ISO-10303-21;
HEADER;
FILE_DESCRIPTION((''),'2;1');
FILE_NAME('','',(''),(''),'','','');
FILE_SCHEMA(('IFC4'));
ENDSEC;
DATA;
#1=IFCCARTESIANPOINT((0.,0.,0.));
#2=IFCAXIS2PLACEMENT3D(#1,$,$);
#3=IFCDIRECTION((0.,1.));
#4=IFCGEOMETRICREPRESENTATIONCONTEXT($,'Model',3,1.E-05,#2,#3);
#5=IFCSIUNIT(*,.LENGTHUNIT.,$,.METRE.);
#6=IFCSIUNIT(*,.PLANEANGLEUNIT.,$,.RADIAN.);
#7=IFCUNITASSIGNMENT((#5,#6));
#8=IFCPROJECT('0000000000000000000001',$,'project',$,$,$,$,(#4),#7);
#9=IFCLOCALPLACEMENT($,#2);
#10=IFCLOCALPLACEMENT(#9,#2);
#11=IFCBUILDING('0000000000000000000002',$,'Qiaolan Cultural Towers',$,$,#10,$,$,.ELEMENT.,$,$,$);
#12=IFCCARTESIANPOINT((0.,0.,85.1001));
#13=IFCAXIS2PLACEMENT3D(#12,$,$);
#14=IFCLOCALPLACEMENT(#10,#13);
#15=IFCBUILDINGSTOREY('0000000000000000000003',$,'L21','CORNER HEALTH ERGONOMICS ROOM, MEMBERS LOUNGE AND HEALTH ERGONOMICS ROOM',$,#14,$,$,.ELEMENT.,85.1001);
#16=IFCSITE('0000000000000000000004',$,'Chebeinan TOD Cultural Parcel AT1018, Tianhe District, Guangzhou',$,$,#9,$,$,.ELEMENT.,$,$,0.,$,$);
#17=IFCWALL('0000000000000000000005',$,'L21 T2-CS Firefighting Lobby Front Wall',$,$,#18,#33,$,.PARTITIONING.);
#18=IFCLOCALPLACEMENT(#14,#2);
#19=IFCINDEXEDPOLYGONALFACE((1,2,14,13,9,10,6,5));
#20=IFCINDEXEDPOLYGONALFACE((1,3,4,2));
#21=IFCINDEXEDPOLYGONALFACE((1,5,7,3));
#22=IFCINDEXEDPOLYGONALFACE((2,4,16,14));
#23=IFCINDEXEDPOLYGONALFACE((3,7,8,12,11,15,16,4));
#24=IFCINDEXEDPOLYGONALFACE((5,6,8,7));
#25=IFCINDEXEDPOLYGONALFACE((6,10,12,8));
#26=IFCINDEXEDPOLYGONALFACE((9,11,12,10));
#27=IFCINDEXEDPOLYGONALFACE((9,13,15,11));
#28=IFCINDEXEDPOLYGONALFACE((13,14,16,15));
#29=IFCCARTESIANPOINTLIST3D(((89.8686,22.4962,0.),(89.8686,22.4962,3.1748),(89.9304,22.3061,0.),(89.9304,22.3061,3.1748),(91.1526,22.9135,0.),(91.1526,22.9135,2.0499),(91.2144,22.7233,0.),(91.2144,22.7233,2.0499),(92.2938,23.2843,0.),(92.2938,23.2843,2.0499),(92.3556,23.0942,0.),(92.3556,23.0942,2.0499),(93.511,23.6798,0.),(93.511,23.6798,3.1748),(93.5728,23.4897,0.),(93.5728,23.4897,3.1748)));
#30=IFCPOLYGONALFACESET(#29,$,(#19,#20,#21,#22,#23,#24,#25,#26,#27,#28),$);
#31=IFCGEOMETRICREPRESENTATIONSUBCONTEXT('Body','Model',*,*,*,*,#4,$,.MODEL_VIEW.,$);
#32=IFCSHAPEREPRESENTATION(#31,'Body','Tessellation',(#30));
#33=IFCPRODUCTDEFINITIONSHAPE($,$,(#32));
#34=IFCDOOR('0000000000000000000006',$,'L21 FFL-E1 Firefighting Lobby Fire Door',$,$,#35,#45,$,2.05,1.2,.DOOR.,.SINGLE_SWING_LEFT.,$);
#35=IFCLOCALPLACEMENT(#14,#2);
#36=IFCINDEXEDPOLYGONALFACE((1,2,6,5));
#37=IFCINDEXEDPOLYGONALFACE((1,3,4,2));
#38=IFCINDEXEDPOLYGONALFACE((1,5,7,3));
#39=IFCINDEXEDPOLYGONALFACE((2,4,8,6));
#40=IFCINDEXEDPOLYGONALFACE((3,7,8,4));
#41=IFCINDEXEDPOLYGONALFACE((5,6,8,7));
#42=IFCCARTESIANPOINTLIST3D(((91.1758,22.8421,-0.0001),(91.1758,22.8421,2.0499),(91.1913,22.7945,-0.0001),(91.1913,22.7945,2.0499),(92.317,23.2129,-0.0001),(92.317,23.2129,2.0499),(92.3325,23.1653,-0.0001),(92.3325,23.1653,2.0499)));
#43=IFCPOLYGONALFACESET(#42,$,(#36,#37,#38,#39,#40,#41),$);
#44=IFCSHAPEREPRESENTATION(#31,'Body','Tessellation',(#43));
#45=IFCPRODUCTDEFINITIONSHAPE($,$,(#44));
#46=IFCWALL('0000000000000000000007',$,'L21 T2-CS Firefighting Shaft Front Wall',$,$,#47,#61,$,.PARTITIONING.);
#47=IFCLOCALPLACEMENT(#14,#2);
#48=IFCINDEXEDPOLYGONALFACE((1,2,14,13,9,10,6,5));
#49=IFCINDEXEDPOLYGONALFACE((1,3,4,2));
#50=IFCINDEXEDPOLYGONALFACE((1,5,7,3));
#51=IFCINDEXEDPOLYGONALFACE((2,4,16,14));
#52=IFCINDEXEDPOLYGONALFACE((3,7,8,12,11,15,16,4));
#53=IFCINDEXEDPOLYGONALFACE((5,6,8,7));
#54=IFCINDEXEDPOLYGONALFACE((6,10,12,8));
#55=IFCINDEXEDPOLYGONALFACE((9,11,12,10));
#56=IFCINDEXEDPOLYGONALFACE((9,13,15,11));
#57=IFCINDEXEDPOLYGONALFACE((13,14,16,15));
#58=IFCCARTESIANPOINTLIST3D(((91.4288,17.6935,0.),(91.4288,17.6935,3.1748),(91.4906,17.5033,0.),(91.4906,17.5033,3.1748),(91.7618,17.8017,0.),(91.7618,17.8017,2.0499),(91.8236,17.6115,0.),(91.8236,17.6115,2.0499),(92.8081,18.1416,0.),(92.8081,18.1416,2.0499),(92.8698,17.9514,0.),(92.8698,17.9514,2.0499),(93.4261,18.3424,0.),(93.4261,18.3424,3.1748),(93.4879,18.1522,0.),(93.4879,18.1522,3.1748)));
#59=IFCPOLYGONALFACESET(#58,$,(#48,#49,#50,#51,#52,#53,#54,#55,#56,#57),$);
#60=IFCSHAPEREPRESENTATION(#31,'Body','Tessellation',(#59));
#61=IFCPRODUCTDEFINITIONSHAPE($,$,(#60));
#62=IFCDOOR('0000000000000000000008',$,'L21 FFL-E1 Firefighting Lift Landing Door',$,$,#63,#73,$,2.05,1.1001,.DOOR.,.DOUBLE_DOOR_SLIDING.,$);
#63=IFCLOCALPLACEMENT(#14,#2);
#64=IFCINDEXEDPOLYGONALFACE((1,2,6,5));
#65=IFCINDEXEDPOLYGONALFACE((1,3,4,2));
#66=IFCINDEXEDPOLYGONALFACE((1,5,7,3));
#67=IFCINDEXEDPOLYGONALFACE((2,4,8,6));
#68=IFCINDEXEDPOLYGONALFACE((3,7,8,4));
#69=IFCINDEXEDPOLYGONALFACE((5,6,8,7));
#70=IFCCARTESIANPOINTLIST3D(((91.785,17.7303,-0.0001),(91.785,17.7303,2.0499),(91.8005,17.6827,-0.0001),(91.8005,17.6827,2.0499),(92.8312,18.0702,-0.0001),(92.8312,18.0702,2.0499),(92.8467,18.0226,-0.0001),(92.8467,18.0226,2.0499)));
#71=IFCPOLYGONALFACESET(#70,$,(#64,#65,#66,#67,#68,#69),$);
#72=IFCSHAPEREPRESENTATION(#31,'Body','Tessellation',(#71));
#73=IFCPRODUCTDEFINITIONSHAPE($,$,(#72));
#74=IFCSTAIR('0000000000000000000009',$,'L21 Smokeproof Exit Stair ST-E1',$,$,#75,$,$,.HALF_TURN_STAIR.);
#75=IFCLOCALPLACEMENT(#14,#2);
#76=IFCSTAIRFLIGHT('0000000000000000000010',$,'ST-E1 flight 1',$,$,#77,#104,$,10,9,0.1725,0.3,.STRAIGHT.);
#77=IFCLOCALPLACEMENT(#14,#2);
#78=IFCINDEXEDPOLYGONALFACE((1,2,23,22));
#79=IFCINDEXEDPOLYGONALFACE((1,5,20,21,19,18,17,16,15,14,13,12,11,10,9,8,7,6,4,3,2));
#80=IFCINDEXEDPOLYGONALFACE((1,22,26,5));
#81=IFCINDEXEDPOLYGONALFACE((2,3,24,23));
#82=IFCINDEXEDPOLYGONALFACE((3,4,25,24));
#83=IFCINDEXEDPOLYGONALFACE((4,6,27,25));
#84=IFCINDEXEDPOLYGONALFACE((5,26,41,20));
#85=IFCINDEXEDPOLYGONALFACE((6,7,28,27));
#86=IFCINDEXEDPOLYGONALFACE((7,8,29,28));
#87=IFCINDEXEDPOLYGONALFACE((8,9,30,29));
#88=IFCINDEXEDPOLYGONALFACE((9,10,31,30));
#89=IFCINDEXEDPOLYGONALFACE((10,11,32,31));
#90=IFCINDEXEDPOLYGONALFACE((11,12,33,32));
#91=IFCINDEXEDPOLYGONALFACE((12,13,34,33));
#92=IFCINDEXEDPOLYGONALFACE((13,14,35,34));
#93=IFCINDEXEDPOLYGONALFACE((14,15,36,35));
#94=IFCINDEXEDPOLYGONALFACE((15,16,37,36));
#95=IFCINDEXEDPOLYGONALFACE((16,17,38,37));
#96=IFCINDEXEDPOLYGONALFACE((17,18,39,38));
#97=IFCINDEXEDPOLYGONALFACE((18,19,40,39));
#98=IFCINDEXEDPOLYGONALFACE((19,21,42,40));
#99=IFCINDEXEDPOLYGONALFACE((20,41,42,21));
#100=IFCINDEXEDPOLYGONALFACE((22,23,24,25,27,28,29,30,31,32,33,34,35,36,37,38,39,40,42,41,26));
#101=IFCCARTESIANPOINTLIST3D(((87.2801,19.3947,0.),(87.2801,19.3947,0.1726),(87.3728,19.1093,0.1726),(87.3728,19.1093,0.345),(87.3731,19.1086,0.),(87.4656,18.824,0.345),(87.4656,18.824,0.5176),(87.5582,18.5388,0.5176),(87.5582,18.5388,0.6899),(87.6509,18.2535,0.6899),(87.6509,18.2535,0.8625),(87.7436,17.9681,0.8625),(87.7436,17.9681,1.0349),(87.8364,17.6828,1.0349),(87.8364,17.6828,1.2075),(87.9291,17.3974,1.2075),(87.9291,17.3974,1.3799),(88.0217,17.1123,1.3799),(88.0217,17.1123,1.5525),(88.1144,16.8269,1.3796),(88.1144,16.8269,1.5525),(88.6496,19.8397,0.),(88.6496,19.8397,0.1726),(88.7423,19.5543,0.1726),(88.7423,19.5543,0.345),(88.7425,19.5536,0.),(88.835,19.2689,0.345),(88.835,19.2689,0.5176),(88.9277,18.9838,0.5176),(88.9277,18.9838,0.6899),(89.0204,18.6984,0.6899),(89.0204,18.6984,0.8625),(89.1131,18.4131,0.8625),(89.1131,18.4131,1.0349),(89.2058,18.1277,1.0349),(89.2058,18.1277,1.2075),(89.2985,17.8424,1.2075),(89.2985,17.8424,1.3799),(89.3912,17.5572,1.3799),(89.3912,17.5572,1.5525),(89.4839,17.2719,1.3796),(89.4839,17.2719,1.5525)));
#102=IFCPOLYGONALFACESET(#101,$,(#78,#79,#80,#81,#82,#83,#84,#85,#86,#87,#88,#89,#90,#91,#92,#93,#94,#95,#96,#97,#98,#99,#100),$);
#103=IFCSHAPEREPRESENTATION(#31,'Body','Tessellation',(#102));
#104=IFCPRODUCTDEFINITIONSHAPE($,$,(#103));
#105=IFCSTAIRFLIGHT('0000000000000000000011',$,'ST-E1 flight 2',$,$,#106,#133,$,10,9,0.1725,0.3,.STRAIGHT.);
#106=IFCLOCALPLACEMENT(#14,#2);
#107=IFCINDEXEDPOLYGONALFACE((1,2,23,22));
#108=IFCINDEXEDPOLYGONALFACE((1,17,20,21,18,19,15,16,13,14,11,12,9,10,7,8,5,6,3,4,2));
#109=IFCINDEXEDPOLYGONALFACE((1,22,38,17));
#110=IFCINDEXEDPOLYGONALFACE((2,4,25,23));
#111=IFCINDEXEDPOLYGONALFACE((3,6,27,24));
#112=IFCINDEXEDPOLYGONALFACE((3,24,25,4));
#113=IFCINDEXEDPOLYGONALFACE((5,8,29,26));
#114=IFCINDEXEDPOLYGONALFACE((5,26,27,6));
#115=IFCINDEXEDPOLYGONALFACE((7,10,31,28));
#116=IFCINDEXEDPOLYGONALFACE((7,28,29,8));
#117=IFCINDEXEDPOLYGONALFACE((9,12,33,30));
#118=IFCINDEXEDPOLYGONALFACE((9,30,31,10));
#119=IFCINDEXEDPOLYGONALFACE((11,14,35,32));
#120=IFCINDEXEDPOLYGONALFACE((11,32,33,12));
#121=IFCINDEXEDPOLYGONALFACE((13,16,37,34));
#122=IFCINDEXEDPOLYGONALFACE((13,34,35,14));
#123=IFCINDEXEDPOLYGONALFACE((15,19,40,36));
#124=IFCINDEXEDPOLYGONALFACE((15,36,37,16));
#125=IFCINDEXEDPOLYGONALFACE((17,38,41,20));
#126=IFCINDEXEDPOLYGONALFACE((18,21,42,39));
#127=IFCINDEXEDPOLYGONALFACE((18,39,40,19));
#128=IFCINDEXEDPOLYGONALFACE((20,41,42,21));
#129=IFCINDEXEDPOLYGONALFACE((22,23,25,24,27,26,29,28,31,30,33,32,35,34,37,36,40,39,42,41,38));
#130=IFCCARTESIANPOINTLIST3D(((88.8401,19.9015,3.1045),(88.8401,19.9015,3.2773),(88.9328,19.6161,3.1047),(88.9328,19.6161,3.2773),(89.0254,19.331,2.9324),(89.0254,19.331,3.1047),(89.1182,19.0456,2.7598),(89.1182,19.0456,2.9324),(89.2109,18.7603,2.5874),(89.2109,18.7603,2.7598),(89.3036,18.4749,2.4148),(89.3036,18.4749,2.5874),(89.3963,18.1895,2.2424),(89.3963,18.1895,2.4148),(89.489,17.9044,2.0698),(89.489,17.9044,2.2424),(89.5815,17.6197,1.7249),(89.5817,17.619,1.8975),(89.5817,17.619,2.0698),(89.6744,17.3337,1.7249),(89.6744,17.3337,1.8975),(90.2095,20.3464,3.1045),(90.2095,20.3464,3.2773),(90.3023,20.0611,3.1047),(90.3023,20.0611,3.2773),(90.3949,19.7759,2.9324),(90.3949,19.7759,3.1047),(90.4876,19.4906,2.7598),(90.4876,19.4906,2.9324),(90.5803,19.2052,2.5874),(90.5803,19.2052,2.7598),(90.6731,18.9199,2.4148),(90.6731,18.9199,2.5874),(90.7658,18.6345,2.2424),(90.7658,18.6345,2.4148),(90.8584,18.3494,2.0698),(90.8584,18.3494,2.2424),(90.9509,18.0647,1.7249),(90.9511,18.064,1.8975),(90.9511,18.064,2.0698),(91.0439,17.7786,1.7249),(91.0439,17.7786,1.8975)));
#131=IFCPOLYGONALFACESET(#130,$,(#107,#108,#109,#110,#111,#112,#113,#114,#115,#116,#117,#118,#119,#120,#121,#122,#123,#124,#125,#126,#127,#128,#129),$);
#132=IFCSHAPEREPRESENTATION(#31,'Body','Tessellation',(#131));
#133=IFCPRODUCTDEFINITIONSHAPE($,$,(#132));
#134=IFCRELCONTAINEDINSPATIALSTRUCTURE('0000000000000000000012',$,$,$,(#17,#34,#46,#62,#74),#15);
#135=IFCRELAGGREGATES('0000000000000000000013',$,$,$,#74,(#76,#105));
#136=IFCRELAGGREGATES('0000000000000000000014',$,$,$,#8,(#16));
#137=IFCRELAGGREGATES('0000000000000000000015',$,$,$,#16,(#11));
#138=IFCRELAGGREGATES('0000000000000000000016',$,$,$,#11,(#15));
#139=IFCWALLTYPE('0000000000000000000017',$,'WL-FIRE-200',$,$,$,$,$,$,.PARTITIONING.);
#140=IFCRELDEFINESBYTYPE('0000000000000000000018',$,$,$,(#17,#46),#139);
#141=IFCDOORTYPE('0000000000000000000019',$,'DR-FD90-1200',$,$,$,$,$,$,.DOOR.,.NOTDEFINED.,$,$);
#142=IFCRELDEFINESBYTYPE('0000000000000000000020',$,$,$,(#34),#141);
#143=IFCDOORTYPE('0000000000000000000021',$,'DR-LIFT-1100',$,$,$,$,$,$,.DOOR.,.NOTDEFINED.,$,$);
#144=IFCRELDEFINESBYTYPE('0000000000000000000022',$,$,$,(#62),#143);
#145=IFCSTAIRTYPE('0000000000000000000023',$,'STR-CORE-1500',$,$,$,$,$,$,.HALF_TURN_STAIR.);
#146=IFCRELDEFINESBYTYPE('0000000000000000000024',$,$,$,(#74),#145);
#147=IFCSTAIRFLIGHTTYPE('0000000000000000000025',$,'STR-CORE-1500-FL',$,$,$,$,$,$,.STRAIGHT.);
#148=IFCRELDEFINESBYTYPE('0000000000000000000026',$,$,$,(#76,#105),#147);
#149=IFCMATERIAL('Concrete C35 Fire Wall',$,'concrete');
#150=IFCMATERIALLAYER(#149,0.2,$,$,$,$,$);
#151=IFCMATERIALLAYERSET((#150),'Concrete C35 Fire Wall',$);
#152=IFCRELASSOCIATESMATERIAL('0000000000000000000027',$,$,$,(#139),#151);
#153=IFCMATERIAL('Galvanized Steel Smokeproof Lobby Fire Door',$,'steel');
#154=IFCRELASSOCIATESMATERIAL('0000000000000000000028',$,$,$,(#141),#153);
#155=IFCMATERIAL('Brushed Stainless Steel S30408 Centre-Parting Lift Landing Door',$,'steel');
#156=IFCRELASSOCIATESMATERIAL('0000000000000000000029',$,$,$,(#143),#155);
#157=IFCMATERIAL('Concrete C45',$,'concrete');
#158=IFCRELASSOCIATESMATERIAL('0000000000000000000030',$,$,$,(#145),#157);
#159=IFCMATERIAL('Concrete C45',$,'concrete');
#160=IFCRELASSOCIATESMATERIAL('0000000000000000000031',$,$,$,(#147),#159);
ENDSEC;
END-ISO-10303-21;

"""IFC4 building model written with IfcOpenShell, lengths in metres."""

from ifc_helpers import new_model, si_unit, direction, frame, frame_2d, origin, place, context, subcontext, project, spatial, polyline, rectangle, outline, extrude, material, layer, layer_set, type_object, element, fill, aggregate, save


model = new_model("IFC4")

# Units and contexts
model_context = context("Model", 3, precision=1e-05, world=origin(), true_north=direction((0.0, 1.0)))
body_context = subcontext(model_context, "Body", "Model", "MODEL_VIEW")
ifc_project = project(units=[si_unit("LENGTHUNIT", "METRE"), si_unit("PLANEANGLEUNIT", "RADIAN")], contexts=[model_context])

# Site, building, storey
site_placement = place(None, origin())
site = spatial("IfcSite", under=ifc_project, at=site_placement, Name="Chebeinan TOD Cultural Parcel AT1018, Tianhe District, Guangzhou", CompositionType="ELEMENT", RefElevation=0.0)
building_placement = place(site_placement, origin())
building = spatial("IfcBuilding", under=site, at=building_placement, Name="Qiaolan Cultural Towers", CompositionType="ELEMENT")
storey_placement = place(building_placement, frame((0.0, 0.0, 85.1001)))
storey = spatial("IfcBuildingStorey", under=building, at=storey_placement, Name="L21", Description="CORNER HEALTH ERGONOMICS ROOM, MEMBERS LOUNGE AND HEALTH ERGONOMICS ROOM", CompositionType="ELEMENT", Elevation=85.1001)

# Walls, openings, doors
ifc_material_1 = material(Name="Concrete C35 Fire Wall", Category="concrete")
ifc_layer_1 = layer(ifc_material_1, 0.2)
ifc_layer_set_1 = layer_set([ifc_layer_1], Name="Concrete C35 Fire Wall")
wall_type_1 = type_object("IfcWallType", Name="WL-FIRE-200", PredefinedType="PARTITIONING", material=ifc_layer_set_1)
wall_1_placement = place(storey_placement, frame((89.8994, 22.4011, 0.0), z_axis=(0.0, 0.0, 1.0), x_axis=(0.951047, 0.309047, 0.0)))
wall_1 = element("IfcWall", 1, at=wall_1_placement, inside=storey, type_object=wall_type_1, Name="L21 T2-CS Firefighting Lobby Front Wall", PredefinedType="PARTITIONING", context=body_context, shape_type="SweptSolid", body=[
    extrude(rectangle(XDim=3.8298, YDim=0.2, at=frame_2d((1.915, 0.0))), origin(), (0.0, 0.0, 1.0), 3.1748),
])
opening_1_placement = place(wall_1_placement, frame((1.3501, 0.0, 0.0)))
opening_1 = element("IfcOpeningElement", 2, at=opening_1_placement, cuts=wall_1, PredefinedType="OPENING", context=body_context, shape_type="SweptSolid", body=[
    extrude(rectangle(XDim=1.2, YDim=2.05, at=frame_2d((0.6001, 1.0249))), frame((0.0, 0.1099, 0.0), z_axis=(0.0, -1.0, 0.0), x_axis=(1.0, 0.0, 0.0)), (0.0, 0.0, 1.0), 0.22),
])
ifc_material_2 = material(Name="Galvanized Steel Smokeproof Lobby Fire Door", Category="steel")
door_type_1 = type_object("IfcDoorType", Name="DR-FD90-1200", OperationType="NOTDEFINED", PredefinedType="DOOR", material=ifc_material_2)
door_1_placement = place(opening_1_placement, origin())
door_1 = element("IfcDoor", 3, at=door_1_placement, inside=storey, type_object=door_type_1, Name="L21 FFL-E1 Firefighting Lobby Fire Door", OperationType="SINGLE_SWING_LEFT", OverallHeight=2.05, OverallWidth=1.2, PredefinedType="DOOR", context=body_context, shape_type="SweptSolid", body=[
    extrude(rectangle(XDim=1.2, YDim=2.05, at=frame_2d((0.6001, 1.0249))), frame((0.0, 0.0249, 0.0), z_axis=(0.0, -1.0, 0.0), x_axis=(1.0, 0.0, 0.0)), (0.0, 0.0, 1.0), 0.05),
])
fill(opening_1, door_1)
wall_2_placement = place(storey_placement, frame((91.4597, 17.5984, 0.0), z_axis=(0.0, 0.0, 1.0), x_axis=(0.951062, 0.308999, 0.0)))
wall_2 = element("IfcWall", 4, at=wall_2_placement, inside=storey, type_object=wall_type_1, Name="L21 T2-CS Firefighting Shaft Front Wall", PredefinedType="PARTITIONING", context=body_context, shape_type="SweptSolid", body=[
    extrude(rectangle(XDim=2.1001, YDim=0.2, at=frame_2d((1.05, 0.0))), origin(), (0.0, 0.0, 1.0), 3.1748),
])
opening_2_placement = place(wall_2_placement, frame((0.3501, 0.0, 0.0)))
opening_2 = element("IfcOpeningElement", 5, at=opening_2_placement, cuts=wall_2, PredefinedType="OPENING", context=body_context, shape_type="SweptSolid", body=[
    extrude(rectangle(XDim=1.1001, YDim=2.05, at=frame_2d((0.55, 1.0249))), frame((0.0, 0.1099, 0.0), z_axis=(0.0, -1.0, 0.0), x_axis=(1.0, 0.0, 0.0)), (0.0, 0.0, 1.0), 0.22),
])
ifc_material_3 = material(Name="Brushed Stainless Steel S30408 Centre-Parting Lift Landing Door", Category="steel")
door_type_2 = type_object("IfcDoorType", Name="DR-LIFT-1100", OperationType="NOTDEFINED", PredefinedType="DOOR", material=ifc_material_3)
door_2_placement = place(opening_2_placement, origin())
door_2 = element("IfcDoor", 6, at=door_2_placement, inside=storey, type_object=door_type_2, Name="L21 FFL-E1 Firefighting Lift Landing Door", OperationType="DOUBLE_DOOR_SLIDING", OverallHeight=2.05, OverallWidth=1.1001, PredefinedType="DOOR", context=body_context, shape_type="SweptSolid", body=[
    extrude(rectangle(XDim=1.1001, YDim=2.05, at=frame_2d((0.55, 1.0249))), frame((0.0, 0.0249, 0.0), z_axis=(0.0, -1.0, 0.0), x_axis=(1.0, 0.0, 0.0)), (0.0, 0.0, 1.0), 0.05),
])
fill(opening_2, door_2)

# Stair, stair flights
ifc_material_4 = material(Name="Concrete C45", Category="concrete")
stair_type = type_object("IfcStairType", Name="STR-CORE-1500", PredefinedType="HALF_TURN_STAIR", material=ifc_material_4)
stair_placement = place(storey_placement, origin())
stair = element("IfcStair", 7, at=stair_placement, inside=storey, type_object=stair_type, Name="L21 Smokeproof Exit Stair ST-E1", PredefinedType="HALF_TURN_STAIR")
ifc_material_5 = material(Name="Concrete C45", Category="concrete")
stair_flight_type = type_object("IfcStairFlightType", Name="STR-CORE-1500-FL", PredefinedType="STRAIGHT", material=ifc_material_5)
stair_flight_1_placement = place(storey_placement, frame((87.9648, 19.6172, 0.0), z_axis=(0.0, 0.0, 1.0), x_axis=(0.309017, -0.951057, 0.0)))
stair_flight_1 = element("IfcStairFlight", 8, at=stair_flight_1_placement, type_object=stair_flight_type, Name="ST-E1 flight 1", NumberOfRisers=10, NumberOfTreads=9, PredefinedType="STRAIGHT", RiserHeight=0.1725, TreadLength=0.3, context=body_context, shape_type="SweptSolid", body=[
    extrude(outline(polyline([(0.0, 0.0), (0.0, 0.1726), (0.3, 0.1726), (0.3, 0.345), (0.6001, 0.345), (0.6001, 0.5176), (0.8999, 0.5176), (0.8999, 0.6899), (1.2, 0.6899), (1.2, 0.8625), (1.5, 0.8625), (1.5, 1.0349), (1.8, 1.0349), (1.8, 1.2075), (2.1001, 1.2075), (2.1001, 1.3799), (2.3999, 1.3799), (2.3999, 1.5525), (2.7, 1.5525), (2.7, 1.7251), (2.7, 1.3796), (0.3008, 0.0), (0.0, 0.0)])), frame((0.0, 0.72, 0.0), z_axis=(0.0, -1.0, 0.0), x_axis=(1.0, 0.0, 0.0)), (0.0, 0.0, 1.0), 1.4399),
])
stair_flight_2_placement = place(storey_placement, frame((90.3591, 17.5562, 1.7249), z_axis=(0.0, 0.0, 1.0), x_axis=(-0.309017, 0.951057, 0.0)))
stair_flight_2 = element("IfcStairFlight", 9, at=stair_flight_2_placement, type_object=stair_flight_type, Name="ST-E1 flight 2", NumberOfRisers=10, NumberOfTreads=9, PredefinedType="STRAIGHT", RiserHeight=0.1725, TreadLength=0.3, context=body_context, shape_type="SweptSolid", body=[
    extrude(outline(polyline([(0.0, 0.0), (0.0, 0.1726), (0.3, 0.1726), (0.3, 0.345), (0.6001, 0.345), (0.6001, 0.5176), (0.8999, 0.5176), (0.8999, 0.6899), (1.2, 0.6899), (1.2, 0.8625), (1.5, 0.8625), (1.5, 1.0349), (1.8, 1.0349), (1.8, 1.2075), (2.1001, 1.2075), (2.1001, 1.3799), (2.3999, 1.3799), (2.3999, 1.5525), (2.7, 1.5525), (2.7, 1.7251), (2.7, 1.3796), (0.3008, 0.0), (0.0, 0.0)])), frame((0.0, 0.72, 0.0), z_axis=(0.0, -1.0, 0.0), x_axis=(1.0, 0.0, 0.0)), (0.0, 0.0, 1.0), 1.4399),
])
aggregate(stair, [stair_flight_1, stair_flight_2])

save(model, "model.ifc")
